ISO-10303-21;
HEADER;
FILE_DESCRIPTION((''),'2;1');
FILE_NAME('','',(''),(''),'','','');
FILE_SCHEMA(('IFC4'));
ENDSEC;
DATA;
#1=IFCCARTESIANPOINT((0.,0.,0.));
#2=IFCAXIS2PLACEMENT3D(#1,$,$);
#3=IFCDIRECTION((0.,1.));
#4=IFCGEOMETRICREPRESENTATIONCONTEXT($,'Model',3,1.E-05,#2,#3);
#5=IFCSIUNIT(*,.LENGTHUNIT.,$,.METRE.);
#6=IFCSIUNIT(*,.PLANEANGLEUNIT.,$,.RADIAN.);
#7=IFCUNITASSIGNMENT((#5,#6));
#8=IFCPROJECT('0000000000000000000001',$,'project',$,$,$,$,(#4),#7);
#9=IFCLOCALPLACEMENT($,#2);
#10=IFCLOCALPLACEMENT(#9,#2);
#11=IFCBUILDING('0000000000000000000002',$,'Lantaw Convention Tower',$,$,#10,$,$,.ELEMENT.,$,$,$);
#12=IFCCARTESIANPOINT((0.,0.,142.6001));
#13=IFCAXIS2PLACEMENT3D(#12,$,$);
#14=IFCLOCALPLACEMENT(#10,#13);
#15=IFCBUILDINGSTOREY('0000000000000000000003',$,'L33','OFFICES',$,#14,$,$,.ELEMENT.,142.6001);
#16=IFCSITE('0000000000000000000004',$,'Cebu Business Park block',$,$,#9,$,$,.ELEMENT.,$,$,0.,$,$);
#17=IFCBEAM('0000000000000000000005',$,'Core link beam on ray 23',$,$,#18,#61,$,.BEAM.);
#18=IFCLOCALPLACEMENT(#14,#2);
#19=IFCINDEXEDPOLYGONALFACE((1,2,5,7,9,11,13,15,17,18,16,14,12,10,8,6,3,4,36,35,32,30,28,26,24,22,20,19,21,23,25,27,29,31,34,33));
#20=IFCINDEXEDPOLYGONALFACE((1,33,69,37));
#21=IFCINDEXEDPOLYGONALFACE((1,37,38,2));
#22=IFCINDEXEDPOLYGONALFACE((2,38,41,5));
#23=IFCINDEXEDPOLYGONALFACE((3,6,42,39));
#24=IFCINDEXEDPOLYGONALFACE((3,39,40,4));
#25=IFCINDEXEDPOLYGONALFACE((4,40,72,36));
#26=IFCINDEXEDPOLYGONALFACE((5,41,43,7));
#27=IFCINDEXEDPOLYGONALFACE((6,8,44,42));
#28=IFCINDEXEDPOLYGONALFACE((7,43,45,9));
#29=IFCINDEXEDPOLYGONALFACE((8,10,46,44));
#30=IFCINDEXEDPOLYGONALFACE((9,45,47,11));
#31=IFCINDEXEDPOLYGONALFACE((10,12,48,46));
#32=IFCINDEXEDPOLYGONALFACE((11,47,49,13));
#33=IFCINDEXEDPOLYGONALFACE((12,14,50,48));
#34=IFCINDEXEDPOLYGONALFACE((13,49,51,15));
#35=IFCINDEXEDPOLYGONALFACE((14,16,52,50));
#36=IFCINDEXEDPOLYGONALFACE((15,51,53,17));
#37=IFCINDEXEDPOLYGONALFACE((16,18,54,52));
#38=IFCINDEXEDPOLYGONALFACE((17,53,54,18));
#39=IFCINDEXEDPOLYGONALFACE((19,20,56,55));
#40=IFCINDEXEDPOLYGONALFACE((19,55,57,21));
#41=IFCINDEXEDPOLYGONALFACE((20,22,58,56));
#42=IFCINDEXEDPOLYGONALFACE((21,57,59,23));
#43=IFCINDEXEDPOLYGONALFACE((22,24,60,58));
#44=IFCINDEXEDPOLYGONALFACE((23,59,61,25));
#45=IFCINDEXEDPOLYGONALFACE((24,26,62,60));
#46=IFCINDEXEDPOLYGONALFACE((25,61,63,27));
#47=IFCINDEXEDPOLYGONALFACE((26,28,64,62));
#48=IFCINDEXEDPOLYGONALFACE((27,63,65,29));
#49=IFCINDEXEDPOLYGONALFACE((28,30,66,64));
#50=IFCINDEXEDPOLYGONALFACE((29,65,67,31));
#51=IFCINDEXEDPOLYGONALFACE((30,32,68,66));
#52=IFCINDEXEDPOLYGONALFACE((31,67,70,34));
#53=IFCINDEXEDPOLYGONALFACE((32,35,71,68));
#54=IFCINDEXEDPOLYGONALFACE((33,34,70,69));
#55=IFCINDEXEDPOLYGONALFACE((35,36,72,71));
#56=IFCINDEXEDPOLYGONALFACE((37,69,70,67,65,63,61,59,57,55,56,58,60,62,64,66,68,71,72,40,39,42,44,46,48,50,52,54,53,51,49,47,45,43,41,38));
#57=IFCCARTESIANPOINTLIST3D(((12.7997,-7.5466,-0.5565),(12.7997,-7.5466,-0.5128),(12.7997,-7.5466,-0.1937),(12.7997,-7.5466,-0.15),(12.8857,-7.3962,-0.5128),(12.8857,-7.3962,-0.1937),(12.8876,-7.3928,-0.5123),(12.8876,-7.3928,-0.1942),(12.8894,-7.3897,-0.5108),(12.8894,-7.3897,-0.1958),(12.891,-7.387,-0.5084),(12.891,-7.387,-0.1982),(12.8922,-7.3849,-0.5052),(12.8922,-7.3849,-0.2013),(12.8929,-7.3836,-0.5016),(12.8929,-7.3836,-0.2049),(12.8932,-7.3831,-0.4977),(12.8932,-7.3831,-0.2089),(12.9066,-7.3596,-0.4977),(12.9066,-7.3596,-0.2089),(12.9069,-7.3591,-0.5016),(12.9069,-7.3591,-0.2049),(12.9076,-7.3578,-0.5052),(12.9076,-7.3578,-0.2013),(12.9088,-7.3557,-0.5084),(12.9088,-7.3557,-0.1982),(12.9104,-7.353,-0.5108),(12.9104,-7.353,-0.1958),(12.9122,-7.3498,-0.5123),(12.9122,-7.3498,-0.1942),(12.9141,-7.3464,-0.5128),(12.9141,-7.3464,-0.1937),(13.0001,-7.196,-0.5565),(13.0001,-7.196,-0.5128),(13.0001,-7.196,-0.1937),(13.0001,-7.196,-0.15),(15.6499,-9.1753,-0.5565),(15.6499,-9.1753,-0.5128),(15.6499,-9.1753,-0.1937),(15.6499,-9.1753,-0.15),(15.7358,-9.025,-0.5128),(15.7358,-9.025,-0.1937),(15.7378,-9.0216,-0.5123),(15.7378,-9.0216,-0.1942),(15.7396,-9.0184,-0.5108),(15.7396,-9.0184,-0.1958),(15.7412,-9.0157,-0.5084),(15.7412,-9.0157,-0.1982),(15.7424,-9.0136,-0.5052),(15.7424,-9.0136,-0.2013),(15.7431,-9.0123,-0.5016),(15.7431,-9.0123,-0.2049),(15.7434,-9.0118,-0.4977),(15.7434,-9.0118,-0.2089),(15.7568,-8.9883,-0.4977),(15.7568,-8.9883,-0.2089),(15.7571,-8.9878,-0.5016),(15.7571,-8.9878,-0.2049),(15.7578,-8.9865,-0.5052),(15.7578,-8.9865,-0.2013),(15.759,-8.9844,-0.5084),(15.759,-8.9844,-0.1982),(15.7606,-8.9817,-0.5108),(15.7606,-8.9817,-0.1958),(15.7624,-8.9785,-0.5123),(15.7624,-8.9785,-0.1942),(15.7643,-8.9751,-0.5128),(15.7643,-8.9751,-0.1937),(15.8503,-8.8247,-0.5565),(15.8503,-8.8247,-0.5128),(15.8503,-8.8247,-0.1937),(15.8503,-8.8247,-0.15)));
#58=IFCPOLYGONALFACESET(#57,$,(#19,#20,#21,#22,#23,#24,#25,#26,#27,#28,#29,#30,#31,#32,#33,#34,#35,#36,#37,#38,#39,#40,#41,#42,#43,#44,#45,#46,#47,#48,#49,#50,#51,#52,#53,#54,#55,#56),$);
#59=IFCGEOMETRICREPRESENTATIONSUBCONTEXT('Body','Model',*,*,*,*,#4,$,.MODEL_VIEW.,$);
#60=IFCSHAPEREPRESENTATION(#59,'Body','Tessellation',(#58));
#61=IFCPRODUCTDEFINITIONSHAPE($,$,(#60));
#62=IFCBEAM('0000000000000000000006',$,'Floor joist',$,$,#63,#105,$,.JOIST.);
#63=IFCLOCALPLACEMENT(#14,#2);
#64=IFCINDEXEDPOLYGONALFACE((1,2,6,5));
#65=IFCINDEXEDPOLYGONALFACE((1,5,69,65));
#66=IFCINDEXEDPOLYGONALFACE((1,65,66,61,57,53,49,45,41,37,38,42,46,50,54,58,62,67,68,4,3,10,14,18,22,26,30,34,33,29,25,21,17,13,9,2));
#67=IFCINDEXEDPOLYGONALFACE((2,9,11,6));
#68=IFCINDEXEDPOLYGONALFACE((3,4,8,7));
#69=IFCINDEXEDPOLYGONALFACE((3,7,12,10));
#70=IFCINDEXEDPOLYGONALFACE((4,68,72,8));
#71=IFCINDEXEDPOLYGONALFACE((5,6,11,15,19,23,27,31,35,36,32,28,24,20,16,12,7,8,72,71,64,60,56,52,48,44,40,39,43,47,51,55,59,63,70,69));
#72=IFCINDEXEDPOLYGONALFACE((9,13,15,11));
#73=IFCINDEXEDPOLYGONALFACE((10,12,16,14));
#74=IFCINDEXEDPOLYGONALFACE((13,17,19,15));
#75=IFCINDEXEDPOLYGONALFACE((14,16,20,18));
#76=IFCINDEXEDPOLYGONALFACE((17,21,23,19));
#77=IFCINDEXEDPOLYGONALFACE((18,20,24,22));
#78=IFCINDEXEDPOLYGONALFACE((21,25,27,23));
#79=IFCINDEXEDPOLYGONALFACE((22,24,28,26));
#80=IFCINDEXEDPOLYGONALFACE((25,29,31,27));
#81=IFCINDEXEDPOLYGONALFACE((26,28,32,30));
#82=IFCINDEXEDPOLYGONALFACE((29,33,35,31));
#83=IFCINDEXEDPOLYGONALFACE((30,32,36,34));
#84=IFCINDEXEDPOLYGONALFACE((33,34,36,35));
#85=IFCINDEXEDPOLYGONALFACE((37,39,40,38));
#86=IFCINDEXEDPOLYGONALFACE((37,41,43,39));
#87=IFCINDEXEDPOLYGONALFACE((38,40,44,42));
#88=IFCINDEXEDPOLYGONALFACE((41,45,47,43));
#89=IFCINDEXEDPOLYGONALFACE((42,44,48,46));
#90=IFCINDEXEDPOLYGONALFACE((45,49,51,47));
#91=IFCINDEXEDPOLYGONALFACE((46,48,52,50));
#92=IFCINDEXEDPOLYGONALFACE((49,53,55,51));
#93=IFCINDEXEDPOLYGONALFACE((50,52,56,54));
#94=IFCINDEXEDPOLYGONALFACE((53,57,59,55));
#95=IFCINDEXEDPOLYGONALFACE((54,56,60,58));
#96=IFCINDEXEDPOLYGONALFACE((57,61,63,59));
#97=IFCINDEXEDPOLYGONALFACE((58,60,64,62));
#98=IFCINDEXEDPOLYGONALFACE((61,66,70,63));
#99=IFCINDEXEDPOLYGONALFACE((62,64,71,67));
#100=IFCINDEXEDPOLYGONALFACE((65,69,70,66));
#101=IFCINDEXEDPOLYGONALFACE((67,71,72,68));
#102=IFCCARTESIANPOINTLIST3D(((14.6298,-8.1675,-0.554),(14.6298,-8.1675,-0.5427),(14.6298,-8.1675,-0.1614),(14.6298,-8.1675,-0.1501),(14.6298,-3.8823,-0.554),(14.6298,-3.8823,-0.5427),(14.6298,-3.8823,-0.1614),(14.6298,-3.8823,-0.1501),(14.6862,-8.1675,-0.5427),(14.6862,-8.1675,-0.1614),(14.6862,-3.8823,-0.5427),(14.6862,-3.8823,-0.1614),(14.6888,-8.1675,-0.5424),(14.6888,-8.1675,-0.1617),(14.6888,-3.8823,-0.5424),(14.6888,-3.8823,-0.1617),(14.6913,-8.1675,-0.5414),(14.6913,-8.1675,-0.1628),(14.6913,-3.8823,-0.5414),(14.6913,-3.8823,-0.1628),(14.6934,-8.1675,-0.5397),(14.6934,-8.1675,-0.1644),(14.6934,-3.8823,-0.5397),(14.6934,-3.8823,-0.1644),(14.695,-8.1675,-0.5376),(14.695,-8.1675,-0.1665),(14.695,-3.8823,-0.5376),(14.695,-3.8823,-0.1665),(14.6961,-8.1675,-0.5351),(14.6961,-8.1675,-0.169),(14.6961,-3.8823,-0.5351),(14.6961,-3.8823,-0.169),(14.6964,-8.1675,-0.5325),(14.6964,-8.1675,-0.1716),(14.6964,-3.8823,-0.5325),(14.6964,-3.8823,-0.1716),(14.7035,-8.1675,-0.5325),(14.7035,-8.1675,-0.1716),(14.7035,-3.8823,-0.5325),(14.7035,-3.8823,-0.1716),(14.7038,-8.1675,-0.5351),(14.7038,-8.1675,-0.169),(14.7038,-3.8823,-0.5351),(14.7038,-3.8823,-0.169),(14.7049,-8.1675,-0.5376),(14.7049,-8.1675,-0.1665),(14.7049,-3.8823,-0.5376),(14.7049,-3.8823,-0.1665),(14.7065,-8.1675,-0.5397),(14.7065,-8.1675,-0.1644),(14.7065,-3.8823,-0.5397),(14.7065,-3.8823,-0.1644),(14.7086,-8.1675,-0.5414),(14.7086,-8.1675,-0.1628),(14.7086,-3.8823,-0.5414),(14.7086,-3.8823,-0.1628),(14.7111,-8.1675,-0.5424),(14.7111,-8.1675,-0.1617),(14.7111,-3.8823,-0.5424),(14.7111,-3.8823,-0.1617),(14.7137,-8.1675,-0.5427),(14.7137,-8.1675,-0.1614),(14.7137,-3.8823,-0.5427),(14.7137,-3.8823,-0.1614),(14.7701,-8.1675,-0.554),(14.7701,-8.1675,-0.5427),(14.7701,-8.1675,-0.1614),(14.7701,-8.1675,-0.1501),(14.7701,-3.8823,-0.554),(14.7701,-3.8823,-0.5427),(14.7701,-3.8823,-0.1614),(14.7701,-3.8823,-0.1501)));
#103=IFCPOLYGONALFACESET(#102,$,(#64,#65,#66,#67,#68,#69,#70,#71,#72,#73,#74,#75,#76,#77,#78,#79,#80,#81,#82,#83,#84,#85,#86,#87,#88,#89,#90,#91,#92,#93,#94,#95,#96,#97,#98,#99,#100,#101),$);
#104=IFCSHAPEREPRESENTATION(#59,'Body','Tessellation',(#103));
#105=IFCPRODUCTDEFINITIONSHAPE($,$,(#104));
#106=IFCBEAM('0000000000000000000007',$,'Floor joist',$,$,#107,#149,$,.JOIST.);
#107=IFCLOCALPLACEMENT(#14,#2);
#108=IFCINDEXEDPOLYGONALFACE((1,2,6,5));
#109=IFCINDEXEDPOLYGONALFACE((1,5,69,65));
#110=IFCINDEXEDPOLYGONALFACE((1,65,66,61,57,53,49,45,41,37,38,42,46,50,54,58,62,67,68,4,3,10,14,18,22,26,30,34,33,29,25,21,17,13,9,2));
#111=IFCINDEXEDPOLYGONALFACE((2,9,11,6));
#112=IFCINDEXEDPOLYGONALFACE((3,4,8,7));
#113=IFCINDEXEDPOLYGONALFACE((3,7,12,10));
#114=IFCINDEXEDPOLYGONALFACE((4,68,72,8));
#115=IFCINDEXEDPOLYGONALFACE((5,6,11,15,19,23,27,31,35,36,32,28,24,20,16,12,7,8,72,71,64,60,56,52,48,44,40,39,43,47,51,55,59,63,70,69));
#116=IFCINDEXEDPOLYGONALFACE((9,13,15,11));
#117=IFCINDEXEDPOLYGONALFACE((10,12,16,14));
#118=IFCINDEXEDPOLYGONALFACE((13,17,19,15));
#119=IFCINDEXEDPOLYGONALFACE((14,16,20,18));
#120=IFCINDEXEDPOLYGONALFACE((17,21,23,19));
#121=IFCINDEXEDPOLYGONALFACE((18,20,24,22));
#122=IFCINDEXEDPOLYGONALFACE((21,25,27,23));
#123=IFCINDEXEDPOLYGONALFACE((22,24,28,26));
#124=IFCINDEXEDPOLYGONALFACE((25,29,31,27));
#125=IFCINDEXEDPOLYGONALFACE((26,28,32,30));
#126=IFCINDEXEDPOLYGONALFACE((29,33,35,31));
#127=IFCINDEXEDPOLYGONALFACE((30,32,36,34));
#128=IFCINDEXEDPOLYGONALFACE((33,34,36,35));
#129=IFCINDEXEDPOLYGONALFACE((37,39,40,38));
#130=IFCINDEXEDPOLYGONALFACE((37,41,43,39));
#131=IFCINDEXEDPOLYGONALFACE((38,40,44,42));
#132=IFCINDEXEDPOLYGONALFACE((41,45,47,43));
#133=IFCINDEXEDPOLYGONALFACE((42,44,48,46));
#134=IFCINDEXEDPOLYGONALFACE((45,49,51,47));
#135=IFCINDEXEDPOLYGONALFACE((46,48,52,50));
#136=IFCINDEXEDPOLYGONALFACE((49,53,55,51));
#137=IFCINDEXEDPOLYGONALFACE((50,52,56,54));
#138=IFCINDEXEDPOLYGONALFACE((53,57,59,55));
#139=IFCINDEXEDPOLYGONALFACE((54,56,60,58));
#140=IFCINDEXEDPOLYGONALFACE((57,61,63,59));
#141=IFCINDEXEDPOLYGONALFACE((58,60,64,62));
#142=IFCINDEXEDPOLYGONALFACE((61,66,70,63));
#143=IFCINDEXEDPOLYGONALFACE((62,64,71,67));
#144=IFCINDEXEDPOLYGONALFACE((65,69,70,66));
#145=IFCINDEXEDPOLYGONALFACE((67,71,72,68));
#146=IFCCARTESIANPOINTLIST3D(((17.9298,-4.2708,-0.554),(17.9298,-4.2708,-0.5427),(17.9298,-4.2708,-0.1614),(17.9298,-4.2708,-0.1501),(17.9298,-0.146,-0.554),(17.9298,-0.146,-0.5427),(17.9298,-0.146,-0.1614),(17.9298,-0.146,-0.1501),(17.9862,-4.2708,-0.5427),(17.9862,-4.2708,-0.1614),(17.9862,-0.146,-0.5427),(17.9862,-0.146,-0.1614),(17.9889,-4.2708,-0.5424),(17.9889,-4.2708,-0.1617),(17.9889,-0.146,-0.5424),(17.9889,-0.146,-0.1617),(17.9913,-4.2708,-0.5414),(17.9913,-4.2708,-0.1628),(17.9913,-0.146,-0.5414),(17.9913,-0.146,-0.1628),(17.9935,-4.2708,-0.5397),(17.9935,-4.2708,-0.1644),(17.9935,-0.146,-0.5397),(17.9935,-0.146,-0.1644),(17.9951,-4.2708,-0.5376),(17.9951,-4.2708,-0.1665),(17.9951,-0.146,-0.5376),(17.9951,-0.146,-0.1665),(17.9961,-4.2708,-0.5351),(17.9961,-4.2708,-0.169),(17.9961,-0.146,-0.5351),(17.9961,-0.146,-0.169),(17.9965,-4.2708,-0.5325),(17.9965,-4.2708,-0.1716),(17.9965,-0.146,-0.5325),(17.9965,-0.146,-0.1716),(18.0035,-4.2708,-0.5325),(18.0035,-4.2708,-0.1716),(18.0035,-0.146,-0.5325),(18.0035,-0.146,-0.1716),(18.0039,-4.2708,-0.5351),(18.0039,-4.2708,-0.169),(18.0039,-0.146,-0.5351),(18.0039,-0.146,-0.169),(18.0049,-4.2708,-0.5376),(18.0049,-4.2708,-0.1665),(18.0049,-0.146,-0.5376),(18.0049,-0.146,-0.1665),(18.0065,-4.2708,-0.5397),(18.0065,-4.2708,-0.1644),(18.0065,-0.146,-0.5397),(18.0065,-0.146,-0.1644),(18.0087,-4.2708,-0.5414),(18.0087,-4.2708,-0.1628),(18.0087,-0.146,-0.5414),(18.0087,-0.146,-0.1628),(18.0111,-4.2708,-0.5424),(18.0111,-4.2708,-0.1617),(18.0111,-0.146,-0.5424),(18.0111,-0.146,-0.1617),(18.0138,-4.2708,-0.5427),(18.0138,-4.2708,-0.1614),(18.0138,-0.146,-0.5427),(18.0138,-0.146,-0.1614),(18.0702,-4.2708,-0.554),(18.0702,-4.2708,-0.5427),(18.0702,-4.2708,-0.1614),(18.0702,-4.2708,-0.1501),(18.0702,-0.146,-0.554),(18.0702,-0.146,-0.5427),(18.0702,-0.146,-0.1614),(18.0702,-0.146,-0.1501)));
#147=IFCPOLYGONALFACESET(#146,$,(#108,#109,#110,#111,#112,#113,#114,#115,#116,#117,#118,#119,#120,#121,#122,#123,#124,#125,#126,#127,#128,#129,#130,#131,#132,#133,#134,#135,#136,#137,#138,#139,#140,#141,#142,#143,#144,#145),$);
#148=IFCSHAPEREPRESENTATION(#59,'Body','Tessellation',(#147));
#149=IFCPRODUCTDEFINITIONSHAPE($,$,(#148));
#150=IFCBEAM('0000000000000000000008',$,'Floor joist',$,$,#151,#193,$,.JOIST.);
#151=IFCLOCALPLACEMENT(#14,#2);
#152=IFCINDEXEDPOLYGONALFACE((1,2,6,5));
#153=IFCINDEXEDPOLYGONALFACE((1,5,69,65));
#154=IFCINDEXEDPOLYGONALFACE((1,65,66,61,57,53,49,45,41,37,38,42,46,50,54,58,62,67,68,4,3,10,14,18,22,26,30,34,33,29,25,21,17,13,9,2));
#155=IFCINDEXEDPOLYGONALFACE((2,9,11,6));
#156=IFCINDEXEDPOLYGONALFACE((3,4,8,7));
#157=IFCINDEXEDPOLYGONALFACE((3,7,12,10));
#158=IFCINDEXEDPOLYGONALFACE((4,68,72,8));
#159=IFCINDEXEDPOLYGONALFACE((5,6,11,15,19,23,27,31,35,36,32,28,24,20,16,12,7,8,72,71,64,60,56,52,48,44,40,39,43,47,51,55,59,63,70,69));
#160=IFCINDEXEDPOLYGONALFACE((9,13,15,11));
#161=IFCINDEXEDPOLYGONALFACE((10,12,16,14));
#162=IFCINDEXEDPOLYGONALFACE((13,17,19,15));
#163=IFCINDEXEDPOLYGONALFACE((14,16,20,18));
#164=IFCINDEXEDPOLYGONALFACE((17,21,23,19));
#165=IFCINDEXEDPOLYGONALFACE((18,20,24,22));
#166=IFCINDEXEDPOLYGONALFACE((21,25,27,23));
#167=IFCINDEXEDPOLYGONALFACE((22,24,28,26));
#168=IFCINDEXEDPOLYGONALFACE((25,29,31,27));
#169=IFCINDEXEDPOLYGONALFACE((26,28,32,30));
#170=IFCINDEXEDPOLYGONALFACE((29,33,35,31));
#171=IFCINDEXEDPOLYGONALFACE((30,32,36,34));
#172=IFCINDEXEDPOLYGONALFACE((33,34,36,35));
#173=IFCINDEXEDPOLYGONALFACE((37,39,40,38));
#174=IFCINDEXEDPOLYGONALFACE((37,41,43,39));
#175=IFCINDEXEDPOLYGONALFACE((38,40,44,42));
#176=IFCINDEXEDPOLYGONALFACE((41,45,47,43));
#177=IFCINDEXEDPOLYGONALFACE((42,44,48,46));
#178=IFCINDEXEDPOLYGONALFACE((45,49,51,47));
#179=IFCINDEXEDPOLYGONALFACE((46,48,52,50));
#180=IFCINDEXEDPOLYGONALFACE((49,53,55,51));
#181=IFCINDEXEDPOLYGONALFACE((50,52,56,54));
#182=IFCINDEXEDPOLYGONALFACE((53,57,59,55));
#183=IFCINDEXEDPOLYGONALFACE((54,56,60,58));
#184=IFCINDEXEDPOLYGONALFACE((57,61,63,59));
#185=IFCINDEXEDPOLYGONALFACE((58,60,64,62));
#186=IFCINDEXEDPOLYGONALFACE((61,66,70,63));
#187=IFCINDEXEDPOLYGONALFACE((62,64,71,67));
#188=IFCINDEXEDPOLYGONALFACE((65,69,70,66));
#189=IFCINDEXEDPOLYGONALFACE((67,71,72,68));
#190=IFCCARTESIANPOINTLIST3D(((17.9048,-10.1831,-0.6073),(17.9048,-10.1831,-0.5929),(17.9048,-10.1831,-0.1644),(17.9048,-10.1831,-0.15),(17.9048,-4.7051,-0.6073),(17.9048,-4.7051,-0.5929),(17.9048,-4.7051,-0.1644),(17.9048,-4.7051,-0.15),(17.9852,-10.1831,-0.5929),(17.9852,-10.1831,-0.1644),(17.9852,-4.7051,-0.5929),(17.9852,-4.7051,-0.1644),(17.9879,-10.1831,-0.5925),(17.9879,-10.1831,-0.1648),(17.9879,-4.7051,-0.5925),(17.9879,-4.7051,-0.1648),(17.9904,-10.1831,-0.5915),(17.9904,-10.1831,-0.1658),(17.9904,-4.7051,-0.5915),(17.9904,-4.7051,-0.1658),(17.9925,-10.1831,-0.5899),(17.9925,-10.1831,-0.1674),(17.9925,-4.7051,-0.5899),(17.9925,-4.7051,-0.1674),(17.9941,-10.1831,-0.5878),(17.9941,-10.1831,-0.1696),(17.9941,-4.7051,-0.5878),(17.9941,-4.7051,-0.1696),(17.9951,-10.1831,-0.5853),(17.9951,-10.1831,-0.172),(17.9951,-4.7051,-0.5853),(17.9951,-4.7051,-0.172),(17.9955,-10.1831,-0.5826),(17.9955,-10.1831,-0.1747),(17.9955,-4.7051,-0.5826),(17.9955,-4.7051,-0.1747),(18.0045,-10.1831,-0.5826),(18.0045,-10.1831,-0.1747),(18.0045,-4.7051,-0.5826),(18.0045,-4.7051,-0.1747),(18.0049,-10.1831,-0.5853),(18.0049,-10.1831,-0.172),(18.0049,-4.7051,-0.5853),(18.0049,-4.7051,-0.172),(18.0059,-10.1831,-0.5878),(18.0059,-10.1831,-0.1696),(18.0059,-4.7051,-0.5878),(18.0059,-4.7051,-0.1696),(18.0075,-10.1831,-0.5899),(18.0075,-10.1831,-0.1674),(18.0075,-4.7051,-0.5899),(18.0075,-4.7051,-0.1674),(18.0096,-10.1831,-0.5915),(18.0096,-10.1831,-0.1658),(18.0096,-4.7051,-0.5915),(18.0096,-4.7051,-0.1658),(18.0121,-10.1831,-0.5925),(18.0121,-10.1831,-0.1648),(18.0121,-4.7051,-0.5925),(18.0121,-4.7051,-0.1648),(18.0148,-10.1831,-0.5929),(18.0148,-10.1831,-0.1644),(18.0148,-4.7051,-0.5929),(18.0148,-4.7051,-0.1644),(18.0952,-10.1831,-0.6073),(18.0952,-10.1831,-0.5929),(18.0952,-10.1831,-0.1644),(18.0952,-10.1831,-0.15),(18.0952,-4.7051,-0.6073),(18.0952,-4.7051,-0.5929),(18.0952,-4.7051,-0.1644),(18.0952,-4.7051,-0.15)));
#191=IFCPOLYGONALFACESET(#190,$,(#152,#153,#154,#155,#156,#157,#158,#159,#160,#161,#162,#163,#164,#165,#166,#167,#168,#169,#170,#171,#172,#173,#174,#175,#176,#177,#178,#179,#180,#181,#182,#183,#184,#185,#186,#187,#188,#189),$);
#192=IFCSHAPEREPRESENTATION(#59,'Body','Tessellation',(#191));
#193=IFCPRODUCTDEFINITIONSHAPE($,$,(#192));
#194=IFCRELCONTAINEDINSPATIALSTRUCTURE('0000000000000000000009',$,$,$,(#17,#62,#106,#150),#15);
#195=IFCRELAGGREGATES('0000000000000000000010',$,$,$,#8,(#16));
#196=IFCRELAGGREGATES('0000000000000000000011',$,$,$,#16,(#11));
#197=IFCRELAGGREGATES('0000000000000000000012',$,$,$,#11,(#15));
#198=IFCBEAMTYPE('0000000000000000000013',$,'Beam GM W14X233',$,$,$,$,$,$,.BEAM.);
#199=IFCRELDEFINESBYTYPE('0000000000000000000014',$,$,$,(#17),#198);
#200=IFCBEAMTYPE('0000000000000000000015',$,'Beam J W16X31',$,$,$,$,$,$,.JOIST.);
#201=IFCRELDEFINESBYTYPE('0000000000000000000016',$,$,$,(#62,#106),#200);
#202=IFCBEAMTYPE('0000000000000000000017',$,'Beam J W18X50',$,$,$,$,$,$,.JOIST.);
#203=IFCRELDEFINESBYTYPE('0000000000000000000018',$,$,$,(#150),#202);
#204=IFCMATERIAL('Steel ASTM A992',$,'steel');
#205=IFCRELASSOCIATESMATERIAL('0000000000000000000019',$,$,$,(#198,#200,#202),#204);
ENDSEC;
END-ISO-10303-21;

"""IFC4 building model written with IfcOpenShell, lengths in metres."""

from ifc_helpers import new_model, si_unit, direction, frame, origin, origin_2d, place, context, subcontext, project, spatial, i_section, extrude, material, material_profile, profile_set, type_object, element, save


model = new_model("IFC4")

# Units and contexts
model_context = context("Model", 3, precision=1e-05, world=origin(), true_north=direction((0.0, 1.0)))
body_context = subcontext(model_context, "Body", "Model", "MODEL_VIEW")
ifc_project = project(units=[si_unit("LENGTHUNIT", "METRE"), si_unit("PLANEANGLEUNIT", "RADIAN")], contexts=[model_context])

# Site, building, storey
site_placement = place(None, origin())
site = spatial("IfcSite", under=ifc_project, at=site_placement, Name="Cebu Business Park block", CompositionType="ELEMENT", RefElevation=0.0)
building_placement = place(site_placement, origin())
building = spatial("IfcBuilding", under=site, at=building_placement, Name="Lantaw Convention Tower", CompositionType="ELEMENT")
storey_placement = place(building_placement, frame((0.0, 0.0, 142.6001)))
storey = spatial("IfcBuildingStorey", under=building, at=storey_placement, Name="L33", Description="OFFICES", CompositionType="ELEMENT", Elevation=142.6001)

# Beams
ifc_material_1 = material(Name="Steel ASTM A992", Category="steel")
ifc_material_profile_1 = material_profile(ifc_material_1, i_section(OverallWidth=0.4038, OverallDepth=0.4065, WebThickness=0.0271, FlangeThickness=0.0437, FilletRadius=0.0151, at=origin_2d()), Name="W14X233")
ifc_profile_set_1 = profile_set([ifc_material_profile_1], Name="Steel ASTM A992")
beam_type_1 = type_object("IfcBeamType", Name="Beam GM W14X233", PredefinedType="BEAM", material=ifc_profile_set_1)
beam_1_placement = place(storey_placement, frame((12.8999, -7.3713, -0.3533), z_axis=(0.868239, -0.496147, 0.0), x_axis=(0.496147, 0.868239, 0.0)))
element("IfcBeam", 1, at=beam_1_placement, inside=storey, type_object=beam_type_1, Name="Core link beam on ray 23", PredefinedType="BEAM", context=body_context, shape_type="SweptSolid", body=[
    extrude(i_section(OverallWidth=0.4038, OverallDepth=0.4065, WebThickness=0.0271, FlangeThickness=0.0437, FilletRadius=0.0151, at=origin_2d()), origin(), (0.0, 0.0, 1.0), 3.2827),
])
ifc_material_profile_2 = material_profile(ifc_material_1, i_section(OverallWidth=0.1404, OverallDepth=0.4038, WebThickness=0.0071, FlangeThickness=0.0112, FilletRadius=0.0103, at=origin_2d()), Name="W16X31")
ifc_profile_set_2 = profile_set([ifc_material_profile_2], Name="Steel ASTM A992")
beam_type_2 = type_object("IfcBeamType", Name="Beam J W16X31", PredefinedType="JOIST", material=ifc_profile_set_2)
beam_2_placement = place(storey_placement, frame((14.7, -8.1675, -0.3521), z_axis=(0.0, 1.0, 0.0), x_axis=(-1.0, 0.0, 0.0)))
element("IfcBeam", 2, at=beam_2_placement, inside=storey, type_object=beam_type_2, Name="Floor joist", PredefinedType="JOIST", context=body_context, shape_type="SweptSolid", body=[
    extrude(i_section(OverallWidth=0.1404, OverallDepth=0.4038, WebThickness=0.0071, FlangeThickness=0.0112, FilletRadius=0.0103, at=origin_2d()), origin(), (0.0, 0.0, 1.0), 4.2852),
])
beam_3_placement = place(storey_placement, frame((18.0, -4.2708, -0.3521), z_axis=(0.0, 1.0, 0.0), x_axis=(-1.0, 0.0, 0.0)))
element("IfcBeam", 3, at=beam_3_placement, inside=storey, type_object=beam_type_2, Name="Floor joist", PredefinedType="JOIST", context=body_context, shape_type="SweptSolid", body=[
    extrude(i_section(OverallWidth=0.1404, OverallDepth=0.4038, WebThickness=0.0071, FlangeThickness=0.0112, FilletRadius=0.0103, at=origin_2d()), origin(), (0.0, 0.0, 1.0), 4.1248),
])
ifc_material_profile_3 = material_profile(ifc_material_1, i_section(OverallWidth=0.1904, OverallDepth=0.4573, WebThickness=0.009, FlangeThickness=0.0144, FilletRadius=0.0103, at=origin_2d()), Name="W18X50")
ifc_profile_set_3 = profile_set([ifc_material_profile_3], Name="Steel ASTM A992")
beam_type_3 = type_object("IfcBeamType", Name="Beam J W18X50", PredefinedType="JOIST", material=ifc_profile_set_3)
beam_4_placement = place(storey_placement, frame((18.0, -10.1831, -0.3787), z_axis=(0.0, 1.0, 0.0), x_axis=(-1.0, 0.0, 0.0)))
element("IfcBeam", 4, at=beam_4_placement, inside=storey, type_object=beam_type_3, Name="Floor joist", PredefinedType="JOIST", context=body_context, shape_type="SweptSolid", body=[
    extrude(i_section(OverallWidth=0.1904, OverallDepth=0.4573, WebThickness=0.009, FlangeThickness=0.0144, FilletRadius=0.0103, at=origin_2d()), origin(), (0.0, 0.0, 1.0), 5.478),
])

save(model, "model.ifc")
